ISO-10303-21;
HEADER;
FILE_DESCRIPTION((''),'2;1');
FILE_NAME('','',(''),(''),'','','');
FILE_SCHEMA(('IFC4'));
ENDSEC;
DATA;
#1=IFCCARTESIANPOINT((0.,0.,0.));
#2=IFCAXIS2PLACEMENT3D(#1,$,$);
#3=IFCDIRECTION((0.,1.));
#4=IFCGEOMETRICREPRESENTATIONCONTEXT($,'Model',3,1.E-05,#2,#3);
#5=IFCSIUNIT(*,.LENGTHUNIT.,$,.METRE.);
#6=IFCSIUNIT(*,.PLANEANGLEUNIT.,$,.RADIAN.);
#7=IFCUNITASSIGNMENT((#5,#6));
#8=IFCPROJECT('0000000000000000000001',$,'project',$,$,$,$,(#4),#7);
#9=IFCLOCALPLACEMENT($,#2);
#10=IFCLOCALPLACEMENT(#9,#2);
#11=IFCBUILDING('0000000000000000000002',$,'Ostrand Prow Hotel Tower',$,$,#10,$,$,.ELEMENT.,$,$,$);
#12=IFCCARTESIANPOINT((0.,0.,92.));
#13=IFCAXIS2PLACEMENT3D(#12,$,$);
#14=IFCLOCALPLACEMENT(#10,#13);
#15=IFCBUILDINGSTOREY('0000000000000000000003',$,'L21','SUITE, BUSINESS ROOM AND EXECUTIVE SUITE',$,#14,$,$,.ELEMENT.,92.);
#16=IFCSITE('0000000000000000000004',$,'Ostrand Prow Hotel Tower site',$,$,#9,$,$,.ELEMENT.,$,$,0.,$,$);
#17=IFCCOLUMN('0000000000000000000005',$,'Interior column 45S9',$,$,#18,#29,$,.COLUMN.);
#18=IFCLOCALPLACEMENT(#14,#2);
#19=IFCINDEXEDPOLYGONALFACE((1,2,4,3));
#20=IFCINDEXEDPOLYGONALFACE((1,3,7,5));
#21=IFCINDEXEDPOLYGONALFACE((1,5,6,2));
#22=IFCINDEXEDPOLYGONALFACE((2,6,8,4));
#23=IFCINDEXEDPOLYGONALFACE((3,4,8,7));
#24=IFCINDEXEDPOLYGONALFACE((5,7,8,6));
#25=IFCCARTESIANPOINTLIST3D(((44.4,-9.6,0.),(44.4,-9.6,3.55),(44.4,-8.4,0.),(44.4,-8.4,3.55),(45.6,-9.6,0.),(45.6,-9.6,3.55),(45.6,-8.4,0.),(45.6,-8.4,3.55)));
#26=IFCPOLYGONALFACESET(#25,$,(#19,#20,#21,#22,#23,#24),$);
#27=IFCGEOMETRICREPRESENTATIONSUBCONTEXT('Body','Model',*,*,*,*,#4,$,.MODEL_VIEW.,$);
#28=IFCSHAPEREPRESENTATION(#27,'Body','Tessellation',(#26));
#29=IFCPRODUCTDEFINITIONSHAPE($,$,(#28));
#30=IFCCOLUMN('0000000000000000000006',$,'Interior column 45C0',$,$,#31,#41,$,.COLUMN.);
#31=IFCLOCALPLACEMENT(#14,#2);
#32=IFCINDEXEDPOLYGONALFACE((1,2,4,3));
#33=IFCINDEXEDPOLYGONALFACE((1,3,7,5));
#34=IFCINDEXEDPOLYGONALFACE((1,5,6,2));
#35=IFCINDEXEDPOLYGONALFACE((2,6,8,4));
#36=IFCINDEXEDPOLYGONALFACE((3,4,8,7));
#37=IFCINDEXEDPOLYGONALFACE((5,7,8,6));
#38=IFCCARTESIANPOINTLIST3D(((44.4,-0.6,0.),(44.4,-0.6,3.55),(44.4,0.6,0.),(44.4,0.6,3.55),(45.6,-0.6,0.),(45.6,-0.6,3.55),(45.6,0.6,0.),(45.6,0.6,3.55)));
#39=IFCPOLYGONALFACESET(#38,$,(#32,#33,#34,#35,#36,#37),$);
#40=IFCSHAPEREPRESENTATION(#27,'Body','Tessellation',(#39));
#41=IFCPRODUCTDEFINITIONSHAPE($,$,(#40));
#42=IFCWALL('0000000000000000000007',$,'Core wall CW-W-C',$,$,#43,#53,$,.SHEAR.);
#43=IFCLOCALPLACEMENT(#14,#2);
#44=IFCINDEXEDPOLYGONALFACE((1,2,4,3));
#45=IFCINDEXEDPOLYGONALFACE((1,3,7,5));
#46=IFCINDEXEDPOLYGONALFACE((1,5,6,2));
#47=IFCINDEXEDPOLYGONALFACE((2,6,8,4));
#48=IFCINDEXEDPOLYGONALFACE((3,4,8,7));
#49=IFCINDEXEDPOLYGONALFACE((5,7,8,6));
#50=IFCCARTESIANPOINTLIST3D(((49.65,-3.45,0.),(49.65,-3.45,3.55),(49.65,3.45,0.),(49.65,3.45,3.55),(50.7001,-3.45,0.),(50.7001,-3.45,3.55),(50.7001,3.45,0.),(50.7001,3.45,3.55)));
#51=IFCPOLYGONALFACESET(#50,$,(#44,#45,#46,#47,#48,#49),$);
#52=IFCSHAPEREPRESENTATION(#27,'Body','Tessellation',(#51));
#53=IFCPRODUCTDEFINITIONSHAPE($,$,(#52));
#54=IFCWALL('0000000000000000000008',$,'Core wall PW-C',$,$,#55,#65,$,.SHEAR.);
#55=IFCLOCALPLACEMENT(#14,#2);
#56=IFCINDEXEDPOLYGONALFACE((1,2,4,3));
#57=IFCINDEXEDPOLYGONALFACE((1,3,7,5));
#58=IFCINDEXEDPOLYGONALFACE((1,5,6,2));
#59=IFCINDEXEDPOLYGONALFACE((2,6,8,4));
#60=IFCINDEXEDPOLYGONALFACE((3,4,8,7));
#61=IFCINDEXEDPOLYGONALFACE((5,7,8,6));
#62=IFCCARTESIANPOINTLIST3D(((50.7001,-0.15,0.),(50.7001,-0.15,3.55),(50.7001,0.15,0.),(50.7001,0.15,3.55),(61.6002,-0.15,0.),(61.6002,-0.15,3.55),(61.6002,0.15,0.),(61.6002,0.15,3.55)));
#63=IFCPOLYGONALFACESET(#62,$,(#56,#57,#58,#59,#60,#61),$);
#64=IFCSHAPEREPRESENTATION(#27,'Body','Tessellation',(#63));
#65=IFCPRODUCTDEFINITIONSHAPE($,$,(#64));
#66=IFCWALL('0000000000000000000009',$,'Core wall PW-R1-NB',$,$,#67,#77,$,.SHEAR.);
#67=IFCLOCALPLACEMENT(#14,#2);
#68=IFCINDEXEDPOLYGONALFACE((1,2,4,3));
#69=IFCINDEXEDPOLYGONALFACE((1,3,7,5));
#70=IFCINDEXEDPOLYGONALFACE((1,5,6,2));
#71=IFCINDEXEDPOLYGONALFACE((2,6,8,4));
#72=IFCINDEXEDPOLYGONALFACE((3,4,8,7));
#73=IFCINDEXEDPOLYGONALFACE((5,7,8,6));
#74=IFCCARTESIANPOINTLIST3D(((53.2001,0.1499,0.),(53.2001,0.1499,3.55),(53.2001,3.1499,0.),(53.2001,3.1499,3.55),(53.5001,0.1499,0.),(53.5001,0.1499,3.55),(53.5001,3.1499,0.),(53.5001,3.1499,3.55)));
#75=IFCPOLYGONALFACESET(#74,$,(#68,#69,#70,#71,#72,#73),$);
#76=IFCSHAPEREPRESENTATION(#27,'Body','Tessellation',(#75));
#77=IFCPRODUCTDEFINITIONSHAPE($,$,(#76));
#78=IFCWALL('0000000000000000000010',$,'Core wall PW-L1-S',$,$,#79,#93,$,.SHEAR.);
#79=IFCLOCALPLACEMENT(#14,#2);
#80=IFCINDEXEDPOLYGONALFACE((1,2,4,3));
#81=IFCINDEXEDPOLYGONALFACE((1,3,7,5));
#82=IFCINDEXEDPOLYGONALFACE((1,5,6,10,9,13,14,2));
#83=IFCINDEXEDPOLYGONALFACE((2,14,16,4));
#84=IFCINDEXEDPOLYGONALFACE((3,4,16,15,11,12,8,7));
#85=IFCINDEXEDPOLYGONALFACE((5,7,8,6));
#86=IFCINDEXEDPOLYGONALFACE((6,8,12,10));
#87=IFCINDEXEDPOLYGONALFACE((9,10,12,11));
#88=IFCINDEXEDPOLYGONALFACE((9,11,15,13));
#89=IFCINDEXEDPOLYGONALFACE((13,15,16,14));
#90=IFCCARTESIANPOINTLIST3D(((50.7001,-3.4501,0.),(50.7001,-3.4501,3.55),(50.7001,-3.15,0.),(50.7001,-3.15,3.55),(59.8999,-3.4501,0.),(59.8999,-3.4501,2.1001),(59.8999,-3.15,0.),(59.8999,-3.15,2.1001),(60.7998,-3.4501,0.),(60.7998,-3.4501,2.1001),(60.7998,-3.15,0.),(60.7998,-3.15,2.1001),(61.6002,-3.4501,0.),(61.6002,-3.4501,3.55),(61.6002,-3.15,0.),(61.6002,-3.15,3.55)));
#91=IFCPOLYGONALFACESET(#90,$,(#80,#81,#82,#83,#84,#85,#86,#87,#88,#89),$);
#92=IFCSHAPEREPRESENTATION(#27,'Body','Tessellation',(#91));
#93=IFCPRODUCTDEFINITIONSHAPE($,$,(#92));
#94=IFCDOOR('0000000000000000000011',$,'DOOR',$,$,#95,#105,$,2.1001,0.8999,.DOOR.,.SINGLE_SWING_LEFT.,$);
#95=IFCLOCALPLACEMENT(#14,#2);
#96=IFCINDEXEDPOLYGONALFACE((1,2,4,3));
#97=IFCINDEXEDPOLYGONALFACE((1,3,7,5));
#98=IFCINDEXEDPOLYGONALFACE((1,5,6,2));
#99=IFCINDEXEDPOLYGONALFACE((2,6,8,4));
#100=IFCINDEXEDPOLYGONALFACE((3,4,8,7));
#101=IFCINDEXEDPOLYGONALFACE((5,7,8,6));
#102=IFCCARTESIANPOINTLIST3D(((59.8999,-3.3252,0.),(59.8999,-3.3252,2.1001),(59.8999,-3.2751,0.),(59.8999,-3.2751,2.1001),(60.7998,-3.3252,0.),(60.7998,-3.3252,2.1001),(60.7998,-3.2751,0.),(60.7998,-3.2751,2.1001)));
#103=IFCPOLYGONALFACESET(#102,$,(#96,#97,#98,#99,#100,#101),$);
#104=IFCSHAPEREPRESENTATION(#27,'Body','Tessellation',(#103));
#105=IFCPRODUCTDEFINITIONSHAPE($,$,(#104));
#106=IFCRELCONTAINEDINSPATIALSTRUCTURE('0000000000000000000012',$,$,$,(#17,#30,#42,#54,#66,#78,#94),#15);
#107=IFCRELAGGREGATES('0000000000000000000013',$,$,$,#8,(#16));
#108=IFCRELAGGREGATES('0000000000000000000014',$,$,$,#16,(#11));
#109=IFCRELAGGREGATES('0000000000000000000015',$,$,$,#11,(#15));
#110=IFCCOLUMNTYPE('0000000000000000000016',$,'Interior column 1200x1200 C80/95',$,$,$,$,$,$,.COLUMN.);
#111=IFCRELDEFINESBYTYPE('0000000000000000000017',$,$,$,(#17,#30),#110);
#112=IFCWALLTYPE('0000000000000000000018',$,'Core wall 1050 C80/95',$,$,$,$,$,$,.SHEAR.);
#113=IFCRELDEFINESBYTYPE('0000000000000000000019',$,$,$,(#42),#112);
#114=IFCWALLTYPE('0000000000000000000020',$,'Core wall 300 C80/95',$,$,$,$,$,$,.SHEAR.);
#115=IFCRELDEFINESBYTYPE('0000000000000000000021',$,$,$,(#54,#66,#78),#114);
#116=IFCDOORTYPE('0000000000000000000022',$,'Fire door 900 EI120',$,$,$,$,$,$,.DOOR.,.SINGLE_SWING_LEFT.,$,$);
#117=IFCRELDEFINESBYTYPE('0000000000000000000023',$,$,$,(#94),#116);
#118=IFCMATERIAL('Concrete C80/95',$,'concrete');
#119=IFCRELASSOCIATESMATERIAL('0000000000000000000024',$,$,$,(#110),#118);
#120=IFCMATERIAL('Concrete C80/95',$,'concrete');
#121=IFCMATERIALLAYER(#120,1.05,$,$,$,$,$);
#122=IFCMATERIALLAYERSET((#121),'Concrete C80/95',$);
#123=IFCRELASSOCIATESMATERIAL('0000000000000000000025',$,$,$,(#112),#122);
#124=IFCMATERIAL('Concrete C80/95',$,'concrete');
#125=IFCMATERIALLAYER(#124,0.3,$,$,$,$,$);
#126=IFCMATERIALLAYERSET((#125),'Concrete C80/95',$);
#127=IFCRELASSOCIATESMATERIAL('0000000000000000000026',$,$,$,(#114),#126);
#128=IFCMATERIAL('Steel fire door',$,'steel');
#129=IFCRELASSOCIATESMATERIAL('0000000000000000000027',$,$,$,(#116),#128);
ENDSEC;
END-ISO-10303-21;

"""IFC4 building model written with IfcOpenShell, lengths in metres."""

from ifc_helpers import new_model, si_unit, direction, frame, frame_2d, origin, origin_2d, place, context, subcontext, project, spatial, rectangle, extrude, material, layer, layer_set, material_profile, profile_set, type_object, element, fill, save


model = new_model("IFC4")

# Units and contexts
model_context = context("Model", 3, precision=1e-05, world=origin(), true_north=direction((0.0, 1.0)))
body_context = subcontext(model_context, "Body", "Model", "MODEL_VIEW")
ifc_project = project(units=[si_unit("LENGTHUNIT", "METRE"), si_unit("PLANEANGLEUNIT", "RADIAN")], contexts=[model_context])

# Site, building, storey
site_placement = place(None, origin())
site = spatial("IfcSite", under=ifc_project, at=site_placement, Name="Ostrand Prow Hotel Tower site", CompositionType="ELEMENT", RefElevation=0.0)
building_placement = place(site_placement, origin())
building = spatial("IfcBuilding", under=site, at=building_placement, Name="Ostrand Prow Hotel Tower", CompositionType="ELEMENT")
storey_placement = place(building_placement, frame((0.0, 0.0, 92.0)))
storey = spatial("IfcBuildingStorey", under=building, at=storey_placement, Name="L21", Description="SUITE, BUSINESS ROOM AND EXECUTIVE SUITE", CompositionType="ELEMENT", Elevation=92.0)

# Columns
ifc_material_1 = material(Name="Concrete C80/95", Category="concrete")
ifc_material_profile = material_profile(ifc_material_1, rectangle(XDim=1.2, YDim=1.2, at=origin_2d()), Name="RC 1200x1200")
ifc_profile_set = profile_set([ifc_material_profile], Name="Concrete C80/95")
column_type = type_object("IfcColumnType", Name="Interior column 1200x1200 C80/95", PredefinedType="COLUMN", material=ifc_profile_set)
for number, where, z_axis, x_axis, name in (
    (1, (45.0, -9.0, 0.0), (0.0, 0.0, 1.0), (1.0, 0.0, 0.0), "Interior column 45S9"),
    (2, (45.0, 0.0, 0.0), (0.0, 0.0, 1.0), (1.0, 0.0, 0.0), "Interior column 45C0"),
):
    element("IfcColumn", number, at=place(storey_placement, frame(where, z_axis=z_axis, x_axis=x_axis)), inside=storey, type_object=column_type, Name=name, PredefinedType="COLUMN", context=body_context, shape_type="SweptSolid", body=[
        extrude(rectangle(XDim=1.2, YDim=1.2, at=origin_2d()), origin(), (0.0, 0.0, 1.0), 3.55),
    ])

# Walls
ifc_material_2 = material(Name="Concrete C80/95", Category="concrete")
ifc_layer_1 = layer(ifc_material_2, 1.05)
ifc_layer_set_1 = layer_set([ifc_layer_1], Name="Concrete C80/95")
wall_type_1 = type_object("IfcWallType", Name="Core wall 1050 C80/95", PredefinedType="SHEAR", material=ifc_layer_set_1)
wall_1_placement = place(storey_placement, frame((50.175, -3.45, 0.0), z_axis=(0.0, 0.0, 1.0), x_axis=(0.0, 1.0, 0.0)))
element("IfcWall", 3, at=wall_1_placement, inside=storey, type_object=wall_type_1, Name="Core wall CW-W-C", PredefinedType="SHEAR", context=body_context, shape_type="SweptSolid", body=[
    extrude(rectangle(XDim=6.8999, YDim=1.05, at=frame_2d((3.45, 0.0))), origin(), (0.0, 0.0, 1.0), 3.55),
])
ifc_material_3 = material(Name="Concrete C80/95", Category="concrete")
ifc_layer_2 = layer(ifc_material_3, 0.3)
ifc_layer_set_2 = layer_set([ifc_layer_2], Name="Concrete C80/95")
wall_type_2 = type_object("IfcWallType", Name="Core wall 300 C80/95", PredefinedType="SHEAR", material=ifc_layer_set_2)
wall_2_placement = place(storey_placement, frame((50.7, 0.0, 0.0), z_axis=(0.0, 0.0, 1.0), x_axis=(1.0, 0.0, 0.0)))
element("IfcWall", 4, at=wall_2_placement, inside=storey, type_object=wall_type_2, Name="Core wall PW-C", PredefinedType="SHEAR", context=body_context, shape_type="SweptSolid", body=[
    extrude(rectangle(XDim=10.9001, YDim=0.3, at=frame_2d((5.4502, 0.0))), origin(), (0.0, 0.0, 1.0), 3.55),
])
wall_3_placement = place(storey_placement, frame((53.3501, 0.1499, 0.0), z_axis=(0.0, 0.0, 1.0), x_axis=(0.0, 1.0, 0.0)))
element("IfcWall", 5, at=wall_3_placement, inside=storey, type_object=wall_type_2, Name="Core wall PW-R1-NB", PredefinedType="SHEAR", context=body_context, shape_type="SweptSolid", body=[
    extrude(rectangle(XDim=3.0, YDim=0.3, at=frame_2d((1.5, 0.0))), origin(), (0.0, 0.0, 1.0), 3.55),
])

# Wall, opening, door
wall_4_placement = place(storey_placement, frame((50.7, -3.3, 0.0), z_axis=(0.0, 0.0, 1.0), x_axis=(1.0, 0.0, 0.0)))
wall_4 = element("IfcWall", 6, at=wall_4_placement, inside=storey, type_object=wall_type_2, Name="Core wall PW-L1-S", PredefinedType="SHEAR", context=body_context, shape_type="SweptSolid", body=[
    extrude(rectangle(XDim=10.9001, YDim=0.3, at=frame_2d((5.4502, 0.0))), origin(), (0.0, 0.0, 1.0), 3.55),
])
opening_1_placement = place(wall_4_placement, frame((9.2, 0.0, 0.0)))
opening_1 = element("IfcOpeningElement", 7, at=opening_1_placement, cuts=wall_4, PredefinedType="OPENING", context=body_context, shape_type="SweptSolid", body=[
    extrude(rectangle(XDim=0.8999, YDim=2.1001, at=frame_2d((0.45, 1.05))), frame((0.0, 0.1599, 0.0), z_axis=(0.0, -1.0, 0.0), x_axis=(1.0, 0.0, 0.0)), (0.0, 0.0, 1.0), 0.3201),
])
ifc_material_4 = material(Name="Steel fire door", Category="steel")
door_type_1 = type_object("IfcDoorType", Name="Fire door 900 EI120", OperationType="SINGLE_SWING_LEFT", PredefinedType="DOOR", material=ifc_material_4)
door_1_placement = place(opening_1_placement, origin())
door_1 = element("IfcDoor", 8, at=door_1_placement, inside=storey, type_object=door_type_1, Name="DOOR", OperationType="SINGLE_SWING_LEFT", OverallHeight=2.1001, OverallWidth=0.8999, PredefinedType="DOOR", context=body_context, shape_type="SweptSolid", body=[
    extrude(rectangle(XDim=0.8999, YDim=2.1001, at=frame_2d((0.45, 1.05))), frame((0.0, 0.0249, 0.0), z_axis=(0.0, -1.0, 0.0), x_axis=(1.0, 0.0, 0.0)), (0.0, 0.0, 1.0), 0.05),
])
fill(opening_1, door_1)

save(model, "model.ifc")
